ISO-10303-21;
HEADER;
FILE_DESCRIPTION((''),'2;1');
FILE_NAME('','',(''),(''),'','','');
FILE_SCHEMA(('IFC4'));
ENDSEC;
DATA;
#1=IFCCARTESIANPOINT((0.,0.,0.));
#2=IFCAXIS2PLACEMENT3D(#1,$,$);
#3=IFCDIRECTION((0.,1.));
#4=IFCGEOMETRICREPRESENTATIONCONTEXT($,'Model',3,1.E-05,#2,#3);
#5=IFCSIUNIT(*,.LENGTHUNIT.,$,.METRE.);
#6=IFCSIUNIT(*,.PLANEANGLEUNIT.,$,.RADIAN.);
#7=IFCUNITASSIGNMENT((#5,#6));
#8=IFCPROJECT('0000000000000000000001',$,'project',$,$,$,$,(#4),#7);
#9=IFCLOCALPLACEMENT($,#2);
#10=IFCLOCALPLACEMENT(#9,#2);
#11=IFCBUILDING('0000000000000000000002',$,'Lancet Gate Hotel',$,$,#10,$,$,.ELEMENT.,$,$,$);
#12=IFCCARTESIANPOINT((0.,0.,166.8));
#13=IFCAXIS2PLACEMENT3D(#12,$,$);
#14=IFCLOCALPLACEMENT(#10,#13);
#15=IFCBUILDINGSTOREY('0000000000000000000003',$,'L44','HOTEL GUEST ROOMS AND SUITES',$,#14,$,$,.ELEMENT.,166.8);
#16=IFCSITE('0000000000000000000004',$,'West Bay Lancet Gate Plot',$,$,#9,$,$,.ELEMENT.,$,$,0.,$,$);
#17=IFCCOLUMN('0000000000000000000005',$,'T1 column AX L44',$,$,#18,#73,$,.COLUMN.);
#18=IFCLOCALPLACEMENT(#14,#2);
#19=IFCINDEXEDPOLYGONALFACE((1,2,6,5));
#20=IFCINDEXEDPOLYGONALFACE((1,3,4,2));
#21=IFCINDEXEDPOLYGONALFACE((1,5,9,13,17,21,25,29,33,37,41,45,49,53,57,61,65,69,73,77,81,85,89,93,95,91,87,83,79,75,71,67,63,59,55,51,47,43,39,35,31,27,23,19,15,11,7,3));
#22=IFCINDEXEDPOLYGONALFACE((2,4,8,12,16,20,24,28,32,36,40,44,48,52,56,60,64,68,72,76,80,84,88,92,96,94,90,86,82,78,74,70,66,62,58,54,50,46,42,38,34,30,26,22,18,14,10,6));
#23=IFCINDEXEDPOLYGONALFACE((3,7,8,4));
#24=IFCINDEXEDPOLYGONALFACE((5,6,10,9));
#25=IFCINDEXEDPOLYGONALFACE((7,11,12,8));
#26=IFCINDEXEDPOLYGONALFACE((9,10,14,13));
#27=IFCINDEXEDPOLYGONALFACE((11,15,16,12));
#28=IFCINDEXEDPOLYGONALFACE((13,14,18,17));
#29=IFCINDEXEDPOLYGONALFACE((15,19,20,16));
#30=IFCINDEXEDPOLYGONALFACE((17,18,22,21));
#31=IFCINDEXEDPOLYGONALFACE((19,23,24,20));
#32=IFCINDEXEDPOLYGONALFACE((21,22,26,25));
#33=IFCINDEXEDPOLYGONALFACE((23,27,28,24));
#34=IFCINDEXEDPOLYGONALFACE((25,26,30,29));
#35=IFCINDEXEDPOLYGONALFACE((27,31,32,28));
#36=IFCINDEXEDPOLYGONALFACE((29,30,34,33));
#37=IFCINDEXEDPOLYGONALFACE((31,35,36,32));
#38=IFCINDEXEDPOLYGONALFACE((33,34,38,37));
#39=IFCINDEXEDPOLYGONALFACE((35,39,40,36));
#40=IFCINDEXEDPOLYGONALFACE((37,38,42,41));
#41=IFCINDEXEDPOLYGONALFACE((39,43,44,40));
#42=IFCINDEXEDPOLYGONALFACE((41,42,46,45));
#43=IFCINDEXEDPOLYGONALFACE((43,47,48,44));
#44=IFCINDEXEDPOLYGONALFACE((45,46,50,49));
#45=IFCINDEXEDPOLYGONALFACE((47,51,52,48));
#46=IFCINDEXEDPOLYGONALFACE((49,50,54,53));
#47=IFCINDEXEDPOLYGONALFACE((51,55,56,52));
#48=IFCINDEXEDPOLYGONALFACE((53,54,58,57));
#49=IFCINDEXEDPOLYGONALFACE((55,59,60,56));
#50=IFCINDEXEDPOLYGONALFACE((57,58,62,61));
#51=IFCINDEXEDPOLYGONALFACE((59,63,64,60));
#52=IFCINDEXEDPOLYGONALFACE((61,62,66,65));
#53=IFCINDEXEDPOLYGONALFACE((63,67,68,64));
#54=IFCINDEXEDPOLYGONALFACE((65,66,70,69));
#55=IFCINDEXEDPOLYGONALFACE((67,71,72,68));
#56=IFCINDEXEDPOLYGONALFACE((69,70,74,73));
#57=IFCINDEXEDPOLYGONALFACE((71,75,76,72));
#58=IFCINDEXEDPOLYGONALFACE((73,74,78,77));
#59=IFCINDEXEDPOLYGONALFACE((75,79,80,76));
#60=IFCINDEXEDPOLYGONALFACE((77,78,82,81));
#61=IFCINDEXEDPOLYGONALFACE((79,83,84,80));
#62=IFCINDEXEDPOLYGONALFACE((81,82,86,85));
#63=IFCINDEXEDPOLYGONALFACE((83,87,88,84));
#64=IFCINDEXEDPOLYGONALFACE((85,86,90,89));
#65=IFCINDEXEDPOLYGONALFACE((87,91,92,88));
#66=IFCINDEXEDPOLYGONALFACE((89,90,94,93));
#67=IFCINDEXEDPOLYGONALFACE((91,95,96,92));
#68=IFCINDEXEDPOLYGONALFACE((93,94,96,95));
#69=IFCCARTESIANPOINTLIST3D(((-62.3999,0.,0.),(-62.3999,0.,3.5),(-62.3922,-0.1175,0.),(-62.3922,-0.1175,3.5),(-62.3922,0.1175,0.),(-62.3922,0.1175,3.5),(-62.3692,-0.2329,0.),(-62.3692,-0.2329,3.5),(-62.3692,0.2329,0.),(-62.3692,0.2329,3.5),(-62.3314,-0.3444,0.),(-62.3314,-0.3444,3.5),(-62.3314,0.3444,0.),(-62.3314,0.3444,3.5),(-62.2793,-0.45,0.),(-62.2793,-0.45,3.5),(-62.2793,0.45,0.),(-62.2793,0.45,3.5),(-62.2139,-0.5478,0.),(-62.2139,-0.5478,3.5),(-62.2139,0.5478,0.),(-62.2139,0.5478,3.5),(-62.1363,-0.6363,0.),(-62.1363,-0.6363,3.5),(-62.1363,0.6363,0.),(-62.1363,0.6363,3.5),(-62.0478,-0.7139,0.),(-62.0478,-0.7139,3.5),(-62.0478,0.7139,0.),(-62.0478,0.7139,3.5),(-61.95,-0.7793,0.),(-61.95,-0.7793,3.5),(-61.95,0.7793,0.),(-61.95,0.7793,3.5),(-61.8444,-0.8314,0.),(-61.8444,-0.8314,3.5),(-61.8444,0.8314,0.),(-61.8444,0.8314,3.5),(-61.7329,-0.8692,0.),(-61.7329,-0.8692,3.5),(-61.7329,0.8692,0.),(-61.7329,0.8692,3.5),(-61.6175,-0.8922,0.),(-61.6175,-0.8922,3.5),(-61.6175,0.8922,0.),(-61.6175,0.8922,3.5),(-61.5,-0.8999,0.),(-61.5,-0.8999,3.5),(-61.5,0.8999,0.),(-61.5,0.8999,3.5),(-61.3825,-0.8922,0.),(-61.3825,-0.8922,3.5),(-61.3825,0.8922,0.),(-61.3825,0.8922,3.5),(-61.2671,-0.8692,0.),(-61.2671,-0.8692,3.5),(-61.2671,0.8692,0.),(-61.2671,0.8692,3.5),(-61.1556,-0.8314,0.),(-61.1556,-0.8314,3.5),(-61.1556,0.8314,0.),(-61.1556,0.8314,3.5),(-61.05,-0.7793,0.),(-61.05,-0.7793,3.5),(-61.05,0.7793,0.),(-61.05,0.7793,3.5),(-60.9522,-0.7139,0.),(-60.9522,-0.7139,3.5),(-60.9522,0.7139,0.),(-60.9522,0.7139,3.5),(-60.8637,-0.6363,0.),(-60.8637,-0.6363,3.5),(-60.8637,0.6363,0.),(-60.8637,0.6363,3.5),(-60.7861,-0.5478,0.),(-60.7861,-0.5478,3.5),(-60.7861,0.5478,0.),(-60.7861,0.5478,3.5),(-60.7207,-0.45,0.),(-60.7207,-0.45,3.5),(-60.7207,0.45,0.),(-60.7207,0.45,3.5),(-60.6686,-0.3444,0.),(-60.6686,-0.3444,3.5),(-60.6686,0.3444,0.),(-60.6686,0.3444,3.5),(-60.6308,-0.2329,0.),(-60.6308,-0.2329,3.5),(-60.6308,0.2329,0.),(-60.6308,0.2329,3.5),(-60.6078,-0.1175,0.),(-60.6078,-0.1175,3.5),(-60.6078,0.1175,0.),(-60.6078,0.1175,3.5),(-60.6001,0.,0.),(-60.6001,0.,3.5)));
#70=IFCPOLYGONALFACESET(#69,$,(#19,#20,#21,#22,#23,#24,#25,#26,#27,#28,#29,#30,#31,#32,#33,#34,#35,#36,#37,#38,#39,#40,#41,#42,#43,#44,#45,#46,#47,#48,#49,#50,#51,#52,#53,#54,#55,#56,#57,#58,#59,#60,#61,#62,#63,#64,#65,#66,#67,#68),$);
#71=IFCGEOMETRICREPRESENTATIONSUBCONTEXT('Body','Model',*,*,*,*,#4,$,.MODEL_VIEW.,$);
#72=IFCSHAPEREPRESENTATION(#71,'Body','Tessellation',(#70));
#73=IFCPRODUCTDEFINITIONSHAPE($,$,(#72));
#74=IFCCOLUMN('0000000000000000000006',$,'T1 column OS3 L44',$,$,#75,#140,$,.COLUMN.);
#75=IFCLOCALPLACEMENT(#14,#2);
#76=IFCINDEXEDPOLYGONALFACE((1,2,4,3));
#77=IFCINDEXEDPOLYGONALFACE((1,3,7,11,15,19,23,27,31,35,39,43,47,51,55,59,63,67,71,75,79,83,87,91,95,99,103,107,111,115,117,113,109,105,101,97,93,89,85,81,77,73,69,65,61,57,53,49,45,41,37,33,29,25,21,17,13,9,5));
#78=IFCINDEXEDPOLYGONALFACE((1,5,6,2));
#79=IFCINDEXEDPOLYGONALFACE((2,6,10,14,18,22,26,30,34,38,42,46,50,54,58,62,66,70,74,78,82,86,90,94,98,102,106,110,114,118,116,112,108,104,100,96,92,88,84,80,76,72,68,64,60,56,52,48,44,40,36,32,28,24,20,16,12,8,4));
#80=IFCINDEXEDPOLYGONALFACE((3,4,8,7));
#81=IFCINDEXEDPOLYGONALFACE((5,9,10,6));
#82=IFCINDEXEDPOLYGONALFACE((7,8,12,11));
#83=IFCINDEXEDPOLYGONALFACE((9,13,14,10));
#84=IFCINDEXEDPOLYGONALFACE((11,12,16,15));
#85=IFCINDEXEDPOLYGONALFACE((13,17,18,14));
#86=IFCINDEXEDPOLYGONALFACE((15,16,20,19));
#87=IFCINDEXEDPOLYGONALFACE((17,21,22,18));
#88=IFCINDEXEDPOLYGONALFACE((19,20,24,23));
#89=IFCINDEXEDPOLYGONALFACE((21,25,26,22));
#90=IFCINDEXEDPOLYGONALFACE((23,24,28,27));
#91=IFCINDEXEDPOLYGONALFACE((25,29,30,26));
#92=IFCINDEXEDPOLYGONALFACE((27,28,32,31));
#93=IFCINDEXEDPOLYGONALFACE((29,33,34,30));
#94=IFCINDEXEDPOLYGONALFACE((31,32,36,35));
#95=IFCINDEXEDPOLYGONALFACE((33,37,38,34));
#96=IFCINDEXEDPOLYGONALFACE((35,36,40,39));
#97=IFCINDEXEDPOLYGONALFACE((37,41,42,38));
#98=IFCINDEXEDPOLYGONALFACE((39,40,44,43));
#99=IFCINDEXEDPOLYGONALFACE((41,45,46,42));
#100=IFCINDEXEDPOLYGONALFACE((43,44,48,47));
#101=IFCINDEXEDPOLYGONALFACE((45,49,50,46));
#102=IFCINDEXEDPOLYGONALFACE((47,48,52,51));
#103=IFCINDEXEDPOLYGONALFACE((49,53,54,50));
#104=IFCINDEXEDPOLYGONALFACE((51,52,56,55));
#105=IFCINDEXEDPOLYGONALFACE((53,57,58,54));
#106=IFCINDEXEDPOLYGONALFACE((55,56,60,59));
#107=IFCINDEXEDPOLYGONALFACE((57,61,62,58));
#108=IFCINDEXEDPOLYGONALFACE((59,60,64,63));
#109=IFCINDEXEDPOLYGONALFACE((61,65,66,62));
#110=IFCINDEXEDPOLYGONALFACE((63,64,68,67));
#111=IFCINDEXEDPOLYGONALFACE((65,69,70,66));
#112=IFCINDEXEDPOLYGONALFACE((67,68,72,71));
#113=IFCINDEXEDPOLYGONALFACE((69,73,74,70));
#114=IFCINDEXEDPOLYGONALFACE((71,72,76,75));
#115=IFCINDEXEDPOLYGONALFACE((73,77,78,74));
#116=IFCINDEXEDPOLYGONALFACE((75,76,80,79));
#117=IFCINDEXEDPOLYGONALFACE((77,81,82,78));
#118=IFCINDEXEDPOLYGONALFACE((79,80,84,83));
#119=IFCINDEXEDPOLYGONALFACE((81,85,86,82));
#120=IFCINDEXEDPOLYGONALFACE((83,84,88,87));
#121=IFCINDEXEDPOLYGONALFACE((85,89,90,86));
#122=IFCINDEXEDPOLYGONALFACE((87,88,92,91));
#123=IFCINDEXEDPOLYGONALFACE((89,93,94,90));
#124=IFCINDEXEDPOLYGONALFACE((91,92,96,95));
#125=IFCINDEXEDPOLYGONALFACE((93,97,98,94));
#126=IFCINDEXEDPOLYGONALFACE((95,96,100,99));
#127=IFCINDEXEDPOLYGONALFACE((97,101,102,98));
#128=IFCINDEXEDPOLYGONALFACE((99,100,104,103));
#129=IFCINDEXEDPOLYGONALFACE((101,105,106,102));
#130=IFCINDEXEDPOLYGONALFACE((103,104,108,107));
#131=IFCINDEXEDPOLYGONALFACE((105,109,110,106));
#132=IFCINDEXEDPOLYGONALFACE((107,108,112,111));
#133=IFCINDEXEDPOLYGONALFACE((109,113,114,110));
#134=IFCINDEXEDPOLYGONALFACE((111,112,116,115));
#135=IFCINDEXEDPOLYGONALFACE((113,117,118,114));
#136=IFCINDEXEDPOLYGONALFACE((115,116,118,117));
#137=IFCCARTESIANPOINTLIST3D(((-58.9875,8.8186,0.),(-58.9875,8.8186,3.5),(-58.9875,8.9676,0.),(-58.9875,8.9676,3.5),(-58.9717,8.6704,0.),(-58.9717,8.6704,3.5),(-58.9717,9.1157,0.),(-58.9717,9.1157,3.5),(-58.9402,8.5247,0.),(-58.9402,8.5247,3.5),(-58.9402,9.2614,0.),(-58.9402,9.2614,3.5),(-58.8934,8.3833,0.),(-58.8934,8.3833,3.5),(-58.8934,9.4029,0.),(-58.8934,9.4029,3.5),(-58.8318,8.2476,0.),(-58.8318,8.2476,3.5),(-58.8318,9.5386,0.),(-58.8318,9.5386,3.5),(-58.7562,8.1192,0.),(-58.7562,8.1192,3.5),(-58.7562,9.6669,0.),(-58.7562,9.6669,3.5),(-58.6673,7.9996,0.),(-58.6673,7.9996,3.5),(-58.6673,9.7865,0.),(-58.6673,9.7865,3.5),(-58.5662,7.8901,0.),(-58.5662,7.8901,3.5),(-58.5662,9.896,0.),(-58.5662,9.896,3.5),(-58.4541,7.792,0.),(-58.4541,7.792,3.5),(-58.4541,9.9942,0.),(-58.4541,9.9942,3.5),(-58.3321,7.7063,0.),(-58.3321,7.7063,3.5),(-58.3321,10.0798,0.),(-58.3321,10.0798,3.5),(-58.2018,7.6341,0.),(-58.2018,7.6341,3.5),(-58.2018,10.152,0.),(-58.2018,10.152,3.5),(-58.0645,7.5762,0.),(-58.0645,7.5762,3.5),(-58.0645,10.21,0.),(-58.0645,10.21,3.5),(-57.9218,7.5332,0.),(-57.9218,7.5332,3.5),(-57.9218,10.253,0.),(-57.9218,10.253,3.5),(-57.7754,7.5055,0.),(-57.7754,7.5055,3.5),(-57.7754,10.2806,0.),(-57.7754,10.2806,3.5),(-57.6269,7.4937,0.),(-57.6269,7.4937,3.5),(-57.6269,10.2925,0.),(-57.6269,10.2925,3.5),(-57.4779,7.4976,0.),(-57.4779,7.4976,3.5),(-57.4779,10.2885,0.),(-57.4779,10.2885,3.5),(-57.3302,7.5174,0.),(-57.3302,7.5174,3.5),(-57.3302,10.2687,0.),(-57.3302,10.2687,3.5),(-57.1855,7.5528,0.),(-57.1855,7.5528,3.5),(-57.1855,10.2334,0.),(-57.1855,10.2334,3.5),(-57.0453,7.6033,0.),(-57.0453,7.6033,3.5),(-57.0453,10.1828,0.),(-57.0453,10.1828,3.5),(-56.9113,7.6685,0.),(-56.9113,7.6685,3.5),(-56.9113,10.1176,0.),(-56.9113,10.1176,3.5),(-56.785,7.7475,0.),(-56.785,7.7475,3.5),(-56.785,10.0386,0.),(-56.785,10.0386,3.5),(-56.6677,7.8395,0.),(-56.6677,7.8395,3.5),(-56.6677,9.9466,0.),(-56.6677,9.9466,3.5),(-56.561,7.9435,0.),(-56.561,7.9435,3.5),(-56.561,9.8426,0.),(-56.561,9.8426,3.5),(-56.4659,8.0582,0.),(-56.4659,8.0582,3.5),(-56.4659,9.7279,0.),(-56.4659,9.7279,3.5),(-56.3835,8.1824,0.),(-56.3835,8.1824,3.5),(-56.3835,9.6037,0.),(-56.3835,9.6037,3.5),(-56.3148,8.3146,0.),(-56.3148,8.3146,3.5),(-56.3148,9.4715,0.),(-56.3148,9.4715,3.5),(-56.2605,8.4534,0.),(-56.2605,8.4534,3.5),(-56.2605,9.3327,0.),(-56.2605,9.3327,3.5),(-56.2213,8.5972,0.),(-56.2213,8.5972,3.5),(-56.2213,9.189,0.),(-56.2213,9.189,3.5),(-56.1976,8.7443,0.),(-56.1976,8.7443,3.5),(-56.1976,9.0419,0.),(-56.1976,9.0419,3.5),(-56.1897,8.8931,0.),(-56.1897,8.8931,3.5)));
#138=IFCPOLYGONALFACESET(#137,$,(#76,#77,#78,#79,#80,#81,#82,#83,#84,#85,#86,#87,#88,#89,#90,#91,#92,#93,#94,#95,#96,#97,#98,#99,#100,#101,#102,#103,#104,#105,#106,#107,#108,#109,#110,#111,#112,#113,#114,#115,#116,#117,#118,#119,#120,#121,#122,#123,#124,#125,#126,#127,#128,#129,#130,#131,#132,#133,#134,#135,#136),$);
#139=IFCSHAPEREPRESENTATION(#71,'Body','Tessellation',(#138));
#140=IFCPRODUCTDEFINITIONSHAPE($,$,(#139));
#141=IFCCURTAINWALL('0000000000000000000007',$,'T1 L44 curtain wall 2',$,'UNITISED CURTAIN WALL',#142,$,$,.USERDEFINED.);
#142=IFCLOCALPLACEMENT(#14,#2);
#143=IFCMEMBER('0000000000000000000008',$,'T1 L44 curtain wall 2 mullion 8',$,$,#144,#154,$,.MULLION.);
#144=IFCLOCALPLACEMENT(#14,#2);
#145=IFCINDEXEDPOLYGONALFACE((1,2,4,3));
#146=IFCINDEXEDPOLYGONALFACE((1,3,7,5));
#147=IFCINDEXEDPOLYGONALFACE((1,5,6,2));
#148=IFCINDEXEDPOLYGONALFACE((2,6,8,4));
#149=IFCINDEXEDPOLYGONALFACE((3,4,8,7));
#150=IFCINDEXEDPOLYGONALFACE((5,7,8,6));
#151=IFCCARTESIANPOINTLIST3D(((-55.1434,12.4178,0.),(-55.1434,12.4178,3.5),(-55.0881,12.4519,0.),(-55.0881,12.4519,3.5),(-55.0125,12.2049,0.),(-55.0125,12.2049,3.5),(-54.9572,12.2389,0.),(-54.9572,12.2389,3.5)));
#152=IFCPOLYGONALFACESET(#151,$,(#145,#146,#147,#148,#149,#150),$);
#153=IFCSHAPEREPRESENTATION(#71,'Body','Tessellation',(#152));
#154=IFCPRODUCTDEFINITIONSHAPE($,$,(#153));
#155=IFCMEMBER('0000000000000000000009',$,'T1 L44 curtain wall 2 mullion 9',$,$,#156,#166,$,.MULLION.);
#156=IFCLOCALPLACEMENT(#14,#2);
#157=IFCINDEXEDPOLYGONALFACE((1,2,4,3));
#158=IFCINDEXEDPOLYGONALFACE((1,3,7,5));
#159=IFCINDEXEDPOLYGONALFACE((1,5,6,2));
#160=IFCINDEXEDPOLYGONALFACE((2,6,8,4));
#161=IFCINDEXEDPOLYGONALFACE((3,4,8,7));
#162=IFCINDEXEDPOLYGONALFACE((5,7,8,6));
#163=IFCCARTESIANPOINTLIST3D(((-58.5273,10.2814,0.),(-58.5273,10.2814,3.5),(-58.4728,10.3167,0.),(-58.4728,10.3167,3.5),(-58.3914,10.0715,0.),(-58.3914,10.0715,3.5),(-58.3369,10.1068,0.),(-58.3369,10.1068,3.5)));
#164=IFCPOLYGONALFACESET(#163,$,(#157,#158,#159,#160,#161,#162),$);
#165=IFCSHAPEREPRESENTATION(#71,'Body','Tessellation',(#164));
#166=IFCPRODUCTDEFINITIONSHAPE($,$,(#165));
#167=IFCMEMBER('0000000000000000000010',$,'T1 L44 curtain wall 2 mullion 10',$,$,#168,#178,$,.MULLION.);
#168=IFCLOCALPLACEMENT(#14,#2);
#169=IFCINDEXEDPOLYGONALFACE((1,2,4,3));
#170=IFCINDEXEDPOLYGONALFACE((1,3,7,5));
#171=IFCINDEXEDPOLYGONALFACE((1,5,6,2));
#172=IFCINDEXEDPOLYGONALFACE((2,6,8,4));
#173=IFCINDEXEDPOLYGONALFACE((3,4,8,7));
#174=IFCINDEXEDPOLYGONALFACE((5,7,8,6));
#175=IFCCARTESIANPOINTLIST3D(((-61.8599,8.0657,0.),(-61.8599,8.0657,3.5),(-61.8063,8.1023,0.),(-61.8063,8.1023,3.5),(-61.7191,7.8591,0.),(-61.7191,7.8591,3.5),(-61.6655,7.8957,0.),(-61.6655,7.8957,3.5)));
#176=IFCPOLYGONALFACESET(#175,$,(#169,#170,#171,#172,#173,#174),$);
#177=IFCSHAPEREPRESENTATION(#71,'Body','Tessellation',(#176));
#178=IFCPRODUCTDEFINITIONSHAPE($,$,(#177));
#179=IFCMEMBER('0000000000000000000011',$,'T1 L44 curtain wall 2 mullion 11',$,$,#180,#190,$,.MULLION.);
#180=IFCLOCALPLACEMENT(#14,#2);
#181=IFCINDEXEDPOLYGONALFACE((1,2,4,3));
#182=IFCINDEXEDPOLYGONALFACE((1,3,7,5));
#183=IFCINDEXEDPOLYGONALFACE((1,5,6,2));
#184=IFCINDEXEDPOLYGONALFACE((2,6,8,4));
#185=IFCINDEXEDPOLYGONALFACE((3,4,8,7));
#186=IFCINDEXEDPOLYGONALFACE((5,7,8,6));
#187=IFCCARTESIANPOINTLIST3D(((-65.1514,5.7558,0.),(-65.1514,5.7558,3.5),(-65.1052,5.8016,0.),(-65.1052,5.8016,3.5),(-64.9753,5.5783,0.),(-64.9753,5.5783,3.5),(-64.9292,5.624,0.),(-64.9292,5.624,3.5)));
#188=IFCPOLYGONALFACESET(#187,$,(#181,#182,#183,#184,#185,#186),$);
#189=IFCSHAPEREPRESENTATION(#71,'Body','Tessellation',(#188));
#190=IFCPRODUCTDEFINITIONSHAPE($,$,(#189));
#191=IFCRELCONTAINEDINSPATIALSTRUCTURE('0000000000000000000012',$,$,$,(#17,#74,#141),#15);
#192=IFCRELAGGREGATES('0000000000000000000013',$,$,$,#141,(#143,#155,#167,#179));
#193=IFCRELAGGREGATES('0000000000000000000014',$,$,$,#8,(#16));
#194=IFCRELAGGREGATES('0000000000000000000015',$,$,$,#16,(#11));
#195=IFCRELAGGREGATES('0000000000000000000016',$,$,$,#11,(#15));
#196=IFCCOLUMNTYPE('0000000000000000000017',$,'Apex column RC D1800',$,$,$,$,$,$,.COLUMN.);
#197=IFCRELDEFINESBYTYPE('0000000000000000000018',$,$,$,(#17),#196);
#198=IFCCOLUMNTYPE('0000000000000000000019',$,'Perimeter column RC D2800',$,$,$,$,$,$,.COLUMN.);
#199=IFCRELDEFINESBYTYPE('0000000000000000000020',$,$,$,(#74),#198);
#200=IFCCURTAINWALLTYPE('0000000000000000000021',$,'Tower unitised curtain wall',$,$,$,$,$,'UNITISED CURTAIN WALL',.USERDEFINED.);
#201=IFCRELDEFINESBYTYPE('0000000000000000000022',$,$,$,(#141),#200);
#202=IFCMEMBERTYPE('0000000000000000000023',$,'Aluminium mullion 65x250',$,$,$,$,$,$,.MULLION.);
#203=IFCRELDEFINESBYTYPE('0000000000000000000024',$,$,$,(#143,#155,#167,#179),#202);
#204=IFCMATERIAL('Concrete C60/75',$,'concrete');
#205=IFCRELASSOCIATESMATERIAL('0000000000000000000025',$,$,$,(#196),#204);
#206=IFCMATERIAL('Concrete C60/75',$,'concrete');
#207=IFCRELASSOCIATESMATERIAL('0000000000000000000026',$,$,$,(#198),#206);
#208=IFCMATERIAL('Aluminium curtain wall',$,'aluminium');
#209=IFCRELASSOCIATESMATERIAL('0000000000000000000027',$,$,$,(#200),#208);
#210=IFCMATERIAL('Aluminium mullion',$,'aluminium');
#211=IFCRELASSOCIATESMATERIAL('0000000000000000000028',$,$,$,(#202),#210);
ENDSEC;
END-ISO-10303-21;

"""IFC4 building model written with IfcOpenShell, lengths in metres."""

from ifc_helpers import new_model, si_unit, direction, frame, origin, origin_2d, place, context, subcontext, project, spatial, rectangle, circle, extrude, material, material_profile, profile_set, type_object, element, aggregate, save


model = new_model("IFC4")

# Units and contexts
model_context = context("Model", 3, precision=1e-05, world=origin(), true_north=direction((0.0, 1.0)))
body_context = subcontext(model_context, "Body", "Model", "MODEL_VIEW")
ifc_project = project(units=[si_unit("LENGTHUNIT", "METRE"), si_unit("PLANEANGLEUNIT", "RADIAN")], contexts=[model_context])

# Site, building, storey
site_placement = place(None, origin())
site = spatial("IfcSite", under=ifc_project, at=site_placement, Name="West Bay Lancet Gate Plot", CompositionType="ELEMENT", RefElevation=0.0)
building_placement = place(site_placement, origin())
building = spatial("IfcBuilding", under=site, at=building_placement, Name="Lancet Gate Hotel", CompositionType="ELEMENT")
storey_placement = place(building_placement, frame((0.0, 0.0, 166.8)))
storey = spatial("IfcBuildingStorey", under=building, at=storey_placement, Name="L44", Description="HOTEL GUEST ROOMS AND SUITES", CompositionType="ELEMENT", Elevation=166.8)

# Columns
ifc_material_1 = material(Name="Concrete C60/75", Category="concrete")
ifc_material_profile_1 = material_profile(ifc_material_1, circle(Radius=0.8999, at=origin_2d()), Name="RC D1800")
ifc_profile_set_1 = profile_set([ifc_material_profile_1], Name="Concrete C60/75")
column_type_1 = type_object("IfcColumnType", Name="Apex column RC D1800", PredefinedType="COLUMN", material=ifc_profile_set_1)
column_1_placement = place(storey_placement, frame((-61.5, 0.0, 0.0), z_axis=(0.0, 0.0, 1.0), x_axis=(1.0, 0.0, 0.0)))
element("IfcColumn", 1, at=column_1_placement, inside=storey, type_object=column_type_1, Name="T1 column AX L44", PredefinedType="COLUMN", context=body_context, shape_type="SweptSolid", body=[
    extrude(circle(Radius=0.8999, at=origin_2d()), origin(), (0.0, 0.0, 1.0), 3.5),
])
ifc_material_2 = material(Name="Concrete C60/75", Category="concrete")
ifc_material_profile_2 = material_profile(ifc_material_2, circle(Radius=1.3999, at=origin_2d()), Name="RC D2800")
ifc_profile_set_2 = profile_set([ifc_material_profile_2], Name="Concrete C60/75")
column_type_2 = type_object("IfcColumnType", Name="Perimeter column RC D2800", PredefinedType="COLUMN", material=ifc_profile_set_2)
column_2_placement = place(storey_placement, frame((-57.5896, 8.8931, 0.0), z_axis=(0.0, 0.0, 1.0), x_axis=(1.0, 0.0, 0.0)))
element("IfcColumn", 2, at=column_2_placement, inside=storey, type_object=column_type_2, Name="T1 column OS3 L44", PredefinedType="COLUMN", context=body_context, shape_type="SweptSolid", body=[
    extrude(circle(Radius=1.3999, at=origin_2d()), origin(), (0.0, 0.0, 1.0), 3.5),
])

# Curtain wall, members
ifc_material_3 = material(Name="Aluminium curtain wall", Category="aluminium")
curtain_wall_type = type_object("IfcCurtainWallType", Name="Tower unitised curtain wall", ElementType="UNITISED CURTAIN WALL", PredefinedType="USERDEFINED", material=ifc_material_3)
curtain_wall_placement = place(storey_placement, origin())
curtain_wall = element("IfcCurtainWall", 3, at=curtain_wall_placement, inside=storey, type_object=curtain_wall_type, Name="T1 L44 curtain wall 2", ObjectType="UNITISED CURTAIN WALL", PredefinedType="USERDEFINED")
ifc_material_4 = material(Name="Aluminium mullion", Category="aluminium")
ifc_material_profile_3 = material_profile(ifc_material_4, rectangle(XDim=0.0649, YDim=0.25, at=origin_2d()), Name="MULLION 65x250")
ifc_profile_set_3 = profile_set([ifc_material_profile_3], Name="Aluminium mullion")
member_type_1 = type_object("IfcMemberType", Name="Aluminium mullion 65x250", PredefinedType="MULLION", material=ifc_profile_set_3)
member_1_placement = place(storey_placement, frame((-55.0503, 12.3284, 0.0), z_axis=(0.0, 0.0, 1.0), x_axis=(-0.851886, -0.523728, 0.0)))
member_1 = element("IfcMember", 4, at=member_1_placement, type_object=member_type_1, Name="T1 L44 curtain wall 2 mullion 8", PredefinedType="MULLION", context=body_context, shape_type="SweptSolid", body=[
    extrude(rectangle(XDim=0.0649, YDim=0.25, at=origin_2d()), origin(), (0.0, 0.0, 1.0), 3.5),
])
member_2_placement = place(storey_placement, frame((-58.4321, 10.1941, 0.0), z_axis=(0.0, 0.0, 1.0), x_axis=(-0.839331, -0.543621, 0.0)))
member_2 = element("IfcMember", 5, at=member_2_placement, type_object=member_type_1, Name="T1 L44 curtain wall 2 mullion 9", PredefinedType="MULLION", context=body_context, shape_type="SweptSolid", body=[
    extrude(rectangle(XDim=0.0649, YDim=0.25, at=origin_2d()), origin(), (0.0, 0.0, 1.0), 3.5),
])
member_3_placement = place(storey_placement, frame((-61.7627, 7.9807, 0.0), z_axis=(0.0, 0.0, 1.0), x_axis=(-0.826312, -0.563212, 0.0)))
member_3 = element("IfcMember", 6, at=member_3_placement, type_object=member_type_1, Name="T1 L44 curtain wall 2 mullion 10", PredefinedType="MULLION", context=body_context, shape_type="SweptSolid", body=[
    extrude(rectangle(XDim=0.0649, YDim=0.25, at=origin_2d()), origin(), (0.0, 0.0, 1.0), 3.5),
])
member_4_placement = place(storey_placement, frame((-65.0403, 5.6899, 0.0), z_axis=(0.0, 0.0, 1.0), x_axis=(-0.710113, -0.704088, 0.0)))
member_4 = element("IfcMember", 7, at=member_4_placement, type_object=member_type_1, Name="T1 L44 curtain wall 2 mullion 11", PredefinedType="MULLION", context=body_context, shape_type="SweptSolid", body=[
    extrude(rectangle(XDim=0.0649, YDim=0.25, at=origin_2d()), origin(), (0.0, 0.0, 1.0), 3.5),
])

aggregate(curtain_wall, [member_1, member_2, member_3, member_4])

save(model, "model.ifc")
